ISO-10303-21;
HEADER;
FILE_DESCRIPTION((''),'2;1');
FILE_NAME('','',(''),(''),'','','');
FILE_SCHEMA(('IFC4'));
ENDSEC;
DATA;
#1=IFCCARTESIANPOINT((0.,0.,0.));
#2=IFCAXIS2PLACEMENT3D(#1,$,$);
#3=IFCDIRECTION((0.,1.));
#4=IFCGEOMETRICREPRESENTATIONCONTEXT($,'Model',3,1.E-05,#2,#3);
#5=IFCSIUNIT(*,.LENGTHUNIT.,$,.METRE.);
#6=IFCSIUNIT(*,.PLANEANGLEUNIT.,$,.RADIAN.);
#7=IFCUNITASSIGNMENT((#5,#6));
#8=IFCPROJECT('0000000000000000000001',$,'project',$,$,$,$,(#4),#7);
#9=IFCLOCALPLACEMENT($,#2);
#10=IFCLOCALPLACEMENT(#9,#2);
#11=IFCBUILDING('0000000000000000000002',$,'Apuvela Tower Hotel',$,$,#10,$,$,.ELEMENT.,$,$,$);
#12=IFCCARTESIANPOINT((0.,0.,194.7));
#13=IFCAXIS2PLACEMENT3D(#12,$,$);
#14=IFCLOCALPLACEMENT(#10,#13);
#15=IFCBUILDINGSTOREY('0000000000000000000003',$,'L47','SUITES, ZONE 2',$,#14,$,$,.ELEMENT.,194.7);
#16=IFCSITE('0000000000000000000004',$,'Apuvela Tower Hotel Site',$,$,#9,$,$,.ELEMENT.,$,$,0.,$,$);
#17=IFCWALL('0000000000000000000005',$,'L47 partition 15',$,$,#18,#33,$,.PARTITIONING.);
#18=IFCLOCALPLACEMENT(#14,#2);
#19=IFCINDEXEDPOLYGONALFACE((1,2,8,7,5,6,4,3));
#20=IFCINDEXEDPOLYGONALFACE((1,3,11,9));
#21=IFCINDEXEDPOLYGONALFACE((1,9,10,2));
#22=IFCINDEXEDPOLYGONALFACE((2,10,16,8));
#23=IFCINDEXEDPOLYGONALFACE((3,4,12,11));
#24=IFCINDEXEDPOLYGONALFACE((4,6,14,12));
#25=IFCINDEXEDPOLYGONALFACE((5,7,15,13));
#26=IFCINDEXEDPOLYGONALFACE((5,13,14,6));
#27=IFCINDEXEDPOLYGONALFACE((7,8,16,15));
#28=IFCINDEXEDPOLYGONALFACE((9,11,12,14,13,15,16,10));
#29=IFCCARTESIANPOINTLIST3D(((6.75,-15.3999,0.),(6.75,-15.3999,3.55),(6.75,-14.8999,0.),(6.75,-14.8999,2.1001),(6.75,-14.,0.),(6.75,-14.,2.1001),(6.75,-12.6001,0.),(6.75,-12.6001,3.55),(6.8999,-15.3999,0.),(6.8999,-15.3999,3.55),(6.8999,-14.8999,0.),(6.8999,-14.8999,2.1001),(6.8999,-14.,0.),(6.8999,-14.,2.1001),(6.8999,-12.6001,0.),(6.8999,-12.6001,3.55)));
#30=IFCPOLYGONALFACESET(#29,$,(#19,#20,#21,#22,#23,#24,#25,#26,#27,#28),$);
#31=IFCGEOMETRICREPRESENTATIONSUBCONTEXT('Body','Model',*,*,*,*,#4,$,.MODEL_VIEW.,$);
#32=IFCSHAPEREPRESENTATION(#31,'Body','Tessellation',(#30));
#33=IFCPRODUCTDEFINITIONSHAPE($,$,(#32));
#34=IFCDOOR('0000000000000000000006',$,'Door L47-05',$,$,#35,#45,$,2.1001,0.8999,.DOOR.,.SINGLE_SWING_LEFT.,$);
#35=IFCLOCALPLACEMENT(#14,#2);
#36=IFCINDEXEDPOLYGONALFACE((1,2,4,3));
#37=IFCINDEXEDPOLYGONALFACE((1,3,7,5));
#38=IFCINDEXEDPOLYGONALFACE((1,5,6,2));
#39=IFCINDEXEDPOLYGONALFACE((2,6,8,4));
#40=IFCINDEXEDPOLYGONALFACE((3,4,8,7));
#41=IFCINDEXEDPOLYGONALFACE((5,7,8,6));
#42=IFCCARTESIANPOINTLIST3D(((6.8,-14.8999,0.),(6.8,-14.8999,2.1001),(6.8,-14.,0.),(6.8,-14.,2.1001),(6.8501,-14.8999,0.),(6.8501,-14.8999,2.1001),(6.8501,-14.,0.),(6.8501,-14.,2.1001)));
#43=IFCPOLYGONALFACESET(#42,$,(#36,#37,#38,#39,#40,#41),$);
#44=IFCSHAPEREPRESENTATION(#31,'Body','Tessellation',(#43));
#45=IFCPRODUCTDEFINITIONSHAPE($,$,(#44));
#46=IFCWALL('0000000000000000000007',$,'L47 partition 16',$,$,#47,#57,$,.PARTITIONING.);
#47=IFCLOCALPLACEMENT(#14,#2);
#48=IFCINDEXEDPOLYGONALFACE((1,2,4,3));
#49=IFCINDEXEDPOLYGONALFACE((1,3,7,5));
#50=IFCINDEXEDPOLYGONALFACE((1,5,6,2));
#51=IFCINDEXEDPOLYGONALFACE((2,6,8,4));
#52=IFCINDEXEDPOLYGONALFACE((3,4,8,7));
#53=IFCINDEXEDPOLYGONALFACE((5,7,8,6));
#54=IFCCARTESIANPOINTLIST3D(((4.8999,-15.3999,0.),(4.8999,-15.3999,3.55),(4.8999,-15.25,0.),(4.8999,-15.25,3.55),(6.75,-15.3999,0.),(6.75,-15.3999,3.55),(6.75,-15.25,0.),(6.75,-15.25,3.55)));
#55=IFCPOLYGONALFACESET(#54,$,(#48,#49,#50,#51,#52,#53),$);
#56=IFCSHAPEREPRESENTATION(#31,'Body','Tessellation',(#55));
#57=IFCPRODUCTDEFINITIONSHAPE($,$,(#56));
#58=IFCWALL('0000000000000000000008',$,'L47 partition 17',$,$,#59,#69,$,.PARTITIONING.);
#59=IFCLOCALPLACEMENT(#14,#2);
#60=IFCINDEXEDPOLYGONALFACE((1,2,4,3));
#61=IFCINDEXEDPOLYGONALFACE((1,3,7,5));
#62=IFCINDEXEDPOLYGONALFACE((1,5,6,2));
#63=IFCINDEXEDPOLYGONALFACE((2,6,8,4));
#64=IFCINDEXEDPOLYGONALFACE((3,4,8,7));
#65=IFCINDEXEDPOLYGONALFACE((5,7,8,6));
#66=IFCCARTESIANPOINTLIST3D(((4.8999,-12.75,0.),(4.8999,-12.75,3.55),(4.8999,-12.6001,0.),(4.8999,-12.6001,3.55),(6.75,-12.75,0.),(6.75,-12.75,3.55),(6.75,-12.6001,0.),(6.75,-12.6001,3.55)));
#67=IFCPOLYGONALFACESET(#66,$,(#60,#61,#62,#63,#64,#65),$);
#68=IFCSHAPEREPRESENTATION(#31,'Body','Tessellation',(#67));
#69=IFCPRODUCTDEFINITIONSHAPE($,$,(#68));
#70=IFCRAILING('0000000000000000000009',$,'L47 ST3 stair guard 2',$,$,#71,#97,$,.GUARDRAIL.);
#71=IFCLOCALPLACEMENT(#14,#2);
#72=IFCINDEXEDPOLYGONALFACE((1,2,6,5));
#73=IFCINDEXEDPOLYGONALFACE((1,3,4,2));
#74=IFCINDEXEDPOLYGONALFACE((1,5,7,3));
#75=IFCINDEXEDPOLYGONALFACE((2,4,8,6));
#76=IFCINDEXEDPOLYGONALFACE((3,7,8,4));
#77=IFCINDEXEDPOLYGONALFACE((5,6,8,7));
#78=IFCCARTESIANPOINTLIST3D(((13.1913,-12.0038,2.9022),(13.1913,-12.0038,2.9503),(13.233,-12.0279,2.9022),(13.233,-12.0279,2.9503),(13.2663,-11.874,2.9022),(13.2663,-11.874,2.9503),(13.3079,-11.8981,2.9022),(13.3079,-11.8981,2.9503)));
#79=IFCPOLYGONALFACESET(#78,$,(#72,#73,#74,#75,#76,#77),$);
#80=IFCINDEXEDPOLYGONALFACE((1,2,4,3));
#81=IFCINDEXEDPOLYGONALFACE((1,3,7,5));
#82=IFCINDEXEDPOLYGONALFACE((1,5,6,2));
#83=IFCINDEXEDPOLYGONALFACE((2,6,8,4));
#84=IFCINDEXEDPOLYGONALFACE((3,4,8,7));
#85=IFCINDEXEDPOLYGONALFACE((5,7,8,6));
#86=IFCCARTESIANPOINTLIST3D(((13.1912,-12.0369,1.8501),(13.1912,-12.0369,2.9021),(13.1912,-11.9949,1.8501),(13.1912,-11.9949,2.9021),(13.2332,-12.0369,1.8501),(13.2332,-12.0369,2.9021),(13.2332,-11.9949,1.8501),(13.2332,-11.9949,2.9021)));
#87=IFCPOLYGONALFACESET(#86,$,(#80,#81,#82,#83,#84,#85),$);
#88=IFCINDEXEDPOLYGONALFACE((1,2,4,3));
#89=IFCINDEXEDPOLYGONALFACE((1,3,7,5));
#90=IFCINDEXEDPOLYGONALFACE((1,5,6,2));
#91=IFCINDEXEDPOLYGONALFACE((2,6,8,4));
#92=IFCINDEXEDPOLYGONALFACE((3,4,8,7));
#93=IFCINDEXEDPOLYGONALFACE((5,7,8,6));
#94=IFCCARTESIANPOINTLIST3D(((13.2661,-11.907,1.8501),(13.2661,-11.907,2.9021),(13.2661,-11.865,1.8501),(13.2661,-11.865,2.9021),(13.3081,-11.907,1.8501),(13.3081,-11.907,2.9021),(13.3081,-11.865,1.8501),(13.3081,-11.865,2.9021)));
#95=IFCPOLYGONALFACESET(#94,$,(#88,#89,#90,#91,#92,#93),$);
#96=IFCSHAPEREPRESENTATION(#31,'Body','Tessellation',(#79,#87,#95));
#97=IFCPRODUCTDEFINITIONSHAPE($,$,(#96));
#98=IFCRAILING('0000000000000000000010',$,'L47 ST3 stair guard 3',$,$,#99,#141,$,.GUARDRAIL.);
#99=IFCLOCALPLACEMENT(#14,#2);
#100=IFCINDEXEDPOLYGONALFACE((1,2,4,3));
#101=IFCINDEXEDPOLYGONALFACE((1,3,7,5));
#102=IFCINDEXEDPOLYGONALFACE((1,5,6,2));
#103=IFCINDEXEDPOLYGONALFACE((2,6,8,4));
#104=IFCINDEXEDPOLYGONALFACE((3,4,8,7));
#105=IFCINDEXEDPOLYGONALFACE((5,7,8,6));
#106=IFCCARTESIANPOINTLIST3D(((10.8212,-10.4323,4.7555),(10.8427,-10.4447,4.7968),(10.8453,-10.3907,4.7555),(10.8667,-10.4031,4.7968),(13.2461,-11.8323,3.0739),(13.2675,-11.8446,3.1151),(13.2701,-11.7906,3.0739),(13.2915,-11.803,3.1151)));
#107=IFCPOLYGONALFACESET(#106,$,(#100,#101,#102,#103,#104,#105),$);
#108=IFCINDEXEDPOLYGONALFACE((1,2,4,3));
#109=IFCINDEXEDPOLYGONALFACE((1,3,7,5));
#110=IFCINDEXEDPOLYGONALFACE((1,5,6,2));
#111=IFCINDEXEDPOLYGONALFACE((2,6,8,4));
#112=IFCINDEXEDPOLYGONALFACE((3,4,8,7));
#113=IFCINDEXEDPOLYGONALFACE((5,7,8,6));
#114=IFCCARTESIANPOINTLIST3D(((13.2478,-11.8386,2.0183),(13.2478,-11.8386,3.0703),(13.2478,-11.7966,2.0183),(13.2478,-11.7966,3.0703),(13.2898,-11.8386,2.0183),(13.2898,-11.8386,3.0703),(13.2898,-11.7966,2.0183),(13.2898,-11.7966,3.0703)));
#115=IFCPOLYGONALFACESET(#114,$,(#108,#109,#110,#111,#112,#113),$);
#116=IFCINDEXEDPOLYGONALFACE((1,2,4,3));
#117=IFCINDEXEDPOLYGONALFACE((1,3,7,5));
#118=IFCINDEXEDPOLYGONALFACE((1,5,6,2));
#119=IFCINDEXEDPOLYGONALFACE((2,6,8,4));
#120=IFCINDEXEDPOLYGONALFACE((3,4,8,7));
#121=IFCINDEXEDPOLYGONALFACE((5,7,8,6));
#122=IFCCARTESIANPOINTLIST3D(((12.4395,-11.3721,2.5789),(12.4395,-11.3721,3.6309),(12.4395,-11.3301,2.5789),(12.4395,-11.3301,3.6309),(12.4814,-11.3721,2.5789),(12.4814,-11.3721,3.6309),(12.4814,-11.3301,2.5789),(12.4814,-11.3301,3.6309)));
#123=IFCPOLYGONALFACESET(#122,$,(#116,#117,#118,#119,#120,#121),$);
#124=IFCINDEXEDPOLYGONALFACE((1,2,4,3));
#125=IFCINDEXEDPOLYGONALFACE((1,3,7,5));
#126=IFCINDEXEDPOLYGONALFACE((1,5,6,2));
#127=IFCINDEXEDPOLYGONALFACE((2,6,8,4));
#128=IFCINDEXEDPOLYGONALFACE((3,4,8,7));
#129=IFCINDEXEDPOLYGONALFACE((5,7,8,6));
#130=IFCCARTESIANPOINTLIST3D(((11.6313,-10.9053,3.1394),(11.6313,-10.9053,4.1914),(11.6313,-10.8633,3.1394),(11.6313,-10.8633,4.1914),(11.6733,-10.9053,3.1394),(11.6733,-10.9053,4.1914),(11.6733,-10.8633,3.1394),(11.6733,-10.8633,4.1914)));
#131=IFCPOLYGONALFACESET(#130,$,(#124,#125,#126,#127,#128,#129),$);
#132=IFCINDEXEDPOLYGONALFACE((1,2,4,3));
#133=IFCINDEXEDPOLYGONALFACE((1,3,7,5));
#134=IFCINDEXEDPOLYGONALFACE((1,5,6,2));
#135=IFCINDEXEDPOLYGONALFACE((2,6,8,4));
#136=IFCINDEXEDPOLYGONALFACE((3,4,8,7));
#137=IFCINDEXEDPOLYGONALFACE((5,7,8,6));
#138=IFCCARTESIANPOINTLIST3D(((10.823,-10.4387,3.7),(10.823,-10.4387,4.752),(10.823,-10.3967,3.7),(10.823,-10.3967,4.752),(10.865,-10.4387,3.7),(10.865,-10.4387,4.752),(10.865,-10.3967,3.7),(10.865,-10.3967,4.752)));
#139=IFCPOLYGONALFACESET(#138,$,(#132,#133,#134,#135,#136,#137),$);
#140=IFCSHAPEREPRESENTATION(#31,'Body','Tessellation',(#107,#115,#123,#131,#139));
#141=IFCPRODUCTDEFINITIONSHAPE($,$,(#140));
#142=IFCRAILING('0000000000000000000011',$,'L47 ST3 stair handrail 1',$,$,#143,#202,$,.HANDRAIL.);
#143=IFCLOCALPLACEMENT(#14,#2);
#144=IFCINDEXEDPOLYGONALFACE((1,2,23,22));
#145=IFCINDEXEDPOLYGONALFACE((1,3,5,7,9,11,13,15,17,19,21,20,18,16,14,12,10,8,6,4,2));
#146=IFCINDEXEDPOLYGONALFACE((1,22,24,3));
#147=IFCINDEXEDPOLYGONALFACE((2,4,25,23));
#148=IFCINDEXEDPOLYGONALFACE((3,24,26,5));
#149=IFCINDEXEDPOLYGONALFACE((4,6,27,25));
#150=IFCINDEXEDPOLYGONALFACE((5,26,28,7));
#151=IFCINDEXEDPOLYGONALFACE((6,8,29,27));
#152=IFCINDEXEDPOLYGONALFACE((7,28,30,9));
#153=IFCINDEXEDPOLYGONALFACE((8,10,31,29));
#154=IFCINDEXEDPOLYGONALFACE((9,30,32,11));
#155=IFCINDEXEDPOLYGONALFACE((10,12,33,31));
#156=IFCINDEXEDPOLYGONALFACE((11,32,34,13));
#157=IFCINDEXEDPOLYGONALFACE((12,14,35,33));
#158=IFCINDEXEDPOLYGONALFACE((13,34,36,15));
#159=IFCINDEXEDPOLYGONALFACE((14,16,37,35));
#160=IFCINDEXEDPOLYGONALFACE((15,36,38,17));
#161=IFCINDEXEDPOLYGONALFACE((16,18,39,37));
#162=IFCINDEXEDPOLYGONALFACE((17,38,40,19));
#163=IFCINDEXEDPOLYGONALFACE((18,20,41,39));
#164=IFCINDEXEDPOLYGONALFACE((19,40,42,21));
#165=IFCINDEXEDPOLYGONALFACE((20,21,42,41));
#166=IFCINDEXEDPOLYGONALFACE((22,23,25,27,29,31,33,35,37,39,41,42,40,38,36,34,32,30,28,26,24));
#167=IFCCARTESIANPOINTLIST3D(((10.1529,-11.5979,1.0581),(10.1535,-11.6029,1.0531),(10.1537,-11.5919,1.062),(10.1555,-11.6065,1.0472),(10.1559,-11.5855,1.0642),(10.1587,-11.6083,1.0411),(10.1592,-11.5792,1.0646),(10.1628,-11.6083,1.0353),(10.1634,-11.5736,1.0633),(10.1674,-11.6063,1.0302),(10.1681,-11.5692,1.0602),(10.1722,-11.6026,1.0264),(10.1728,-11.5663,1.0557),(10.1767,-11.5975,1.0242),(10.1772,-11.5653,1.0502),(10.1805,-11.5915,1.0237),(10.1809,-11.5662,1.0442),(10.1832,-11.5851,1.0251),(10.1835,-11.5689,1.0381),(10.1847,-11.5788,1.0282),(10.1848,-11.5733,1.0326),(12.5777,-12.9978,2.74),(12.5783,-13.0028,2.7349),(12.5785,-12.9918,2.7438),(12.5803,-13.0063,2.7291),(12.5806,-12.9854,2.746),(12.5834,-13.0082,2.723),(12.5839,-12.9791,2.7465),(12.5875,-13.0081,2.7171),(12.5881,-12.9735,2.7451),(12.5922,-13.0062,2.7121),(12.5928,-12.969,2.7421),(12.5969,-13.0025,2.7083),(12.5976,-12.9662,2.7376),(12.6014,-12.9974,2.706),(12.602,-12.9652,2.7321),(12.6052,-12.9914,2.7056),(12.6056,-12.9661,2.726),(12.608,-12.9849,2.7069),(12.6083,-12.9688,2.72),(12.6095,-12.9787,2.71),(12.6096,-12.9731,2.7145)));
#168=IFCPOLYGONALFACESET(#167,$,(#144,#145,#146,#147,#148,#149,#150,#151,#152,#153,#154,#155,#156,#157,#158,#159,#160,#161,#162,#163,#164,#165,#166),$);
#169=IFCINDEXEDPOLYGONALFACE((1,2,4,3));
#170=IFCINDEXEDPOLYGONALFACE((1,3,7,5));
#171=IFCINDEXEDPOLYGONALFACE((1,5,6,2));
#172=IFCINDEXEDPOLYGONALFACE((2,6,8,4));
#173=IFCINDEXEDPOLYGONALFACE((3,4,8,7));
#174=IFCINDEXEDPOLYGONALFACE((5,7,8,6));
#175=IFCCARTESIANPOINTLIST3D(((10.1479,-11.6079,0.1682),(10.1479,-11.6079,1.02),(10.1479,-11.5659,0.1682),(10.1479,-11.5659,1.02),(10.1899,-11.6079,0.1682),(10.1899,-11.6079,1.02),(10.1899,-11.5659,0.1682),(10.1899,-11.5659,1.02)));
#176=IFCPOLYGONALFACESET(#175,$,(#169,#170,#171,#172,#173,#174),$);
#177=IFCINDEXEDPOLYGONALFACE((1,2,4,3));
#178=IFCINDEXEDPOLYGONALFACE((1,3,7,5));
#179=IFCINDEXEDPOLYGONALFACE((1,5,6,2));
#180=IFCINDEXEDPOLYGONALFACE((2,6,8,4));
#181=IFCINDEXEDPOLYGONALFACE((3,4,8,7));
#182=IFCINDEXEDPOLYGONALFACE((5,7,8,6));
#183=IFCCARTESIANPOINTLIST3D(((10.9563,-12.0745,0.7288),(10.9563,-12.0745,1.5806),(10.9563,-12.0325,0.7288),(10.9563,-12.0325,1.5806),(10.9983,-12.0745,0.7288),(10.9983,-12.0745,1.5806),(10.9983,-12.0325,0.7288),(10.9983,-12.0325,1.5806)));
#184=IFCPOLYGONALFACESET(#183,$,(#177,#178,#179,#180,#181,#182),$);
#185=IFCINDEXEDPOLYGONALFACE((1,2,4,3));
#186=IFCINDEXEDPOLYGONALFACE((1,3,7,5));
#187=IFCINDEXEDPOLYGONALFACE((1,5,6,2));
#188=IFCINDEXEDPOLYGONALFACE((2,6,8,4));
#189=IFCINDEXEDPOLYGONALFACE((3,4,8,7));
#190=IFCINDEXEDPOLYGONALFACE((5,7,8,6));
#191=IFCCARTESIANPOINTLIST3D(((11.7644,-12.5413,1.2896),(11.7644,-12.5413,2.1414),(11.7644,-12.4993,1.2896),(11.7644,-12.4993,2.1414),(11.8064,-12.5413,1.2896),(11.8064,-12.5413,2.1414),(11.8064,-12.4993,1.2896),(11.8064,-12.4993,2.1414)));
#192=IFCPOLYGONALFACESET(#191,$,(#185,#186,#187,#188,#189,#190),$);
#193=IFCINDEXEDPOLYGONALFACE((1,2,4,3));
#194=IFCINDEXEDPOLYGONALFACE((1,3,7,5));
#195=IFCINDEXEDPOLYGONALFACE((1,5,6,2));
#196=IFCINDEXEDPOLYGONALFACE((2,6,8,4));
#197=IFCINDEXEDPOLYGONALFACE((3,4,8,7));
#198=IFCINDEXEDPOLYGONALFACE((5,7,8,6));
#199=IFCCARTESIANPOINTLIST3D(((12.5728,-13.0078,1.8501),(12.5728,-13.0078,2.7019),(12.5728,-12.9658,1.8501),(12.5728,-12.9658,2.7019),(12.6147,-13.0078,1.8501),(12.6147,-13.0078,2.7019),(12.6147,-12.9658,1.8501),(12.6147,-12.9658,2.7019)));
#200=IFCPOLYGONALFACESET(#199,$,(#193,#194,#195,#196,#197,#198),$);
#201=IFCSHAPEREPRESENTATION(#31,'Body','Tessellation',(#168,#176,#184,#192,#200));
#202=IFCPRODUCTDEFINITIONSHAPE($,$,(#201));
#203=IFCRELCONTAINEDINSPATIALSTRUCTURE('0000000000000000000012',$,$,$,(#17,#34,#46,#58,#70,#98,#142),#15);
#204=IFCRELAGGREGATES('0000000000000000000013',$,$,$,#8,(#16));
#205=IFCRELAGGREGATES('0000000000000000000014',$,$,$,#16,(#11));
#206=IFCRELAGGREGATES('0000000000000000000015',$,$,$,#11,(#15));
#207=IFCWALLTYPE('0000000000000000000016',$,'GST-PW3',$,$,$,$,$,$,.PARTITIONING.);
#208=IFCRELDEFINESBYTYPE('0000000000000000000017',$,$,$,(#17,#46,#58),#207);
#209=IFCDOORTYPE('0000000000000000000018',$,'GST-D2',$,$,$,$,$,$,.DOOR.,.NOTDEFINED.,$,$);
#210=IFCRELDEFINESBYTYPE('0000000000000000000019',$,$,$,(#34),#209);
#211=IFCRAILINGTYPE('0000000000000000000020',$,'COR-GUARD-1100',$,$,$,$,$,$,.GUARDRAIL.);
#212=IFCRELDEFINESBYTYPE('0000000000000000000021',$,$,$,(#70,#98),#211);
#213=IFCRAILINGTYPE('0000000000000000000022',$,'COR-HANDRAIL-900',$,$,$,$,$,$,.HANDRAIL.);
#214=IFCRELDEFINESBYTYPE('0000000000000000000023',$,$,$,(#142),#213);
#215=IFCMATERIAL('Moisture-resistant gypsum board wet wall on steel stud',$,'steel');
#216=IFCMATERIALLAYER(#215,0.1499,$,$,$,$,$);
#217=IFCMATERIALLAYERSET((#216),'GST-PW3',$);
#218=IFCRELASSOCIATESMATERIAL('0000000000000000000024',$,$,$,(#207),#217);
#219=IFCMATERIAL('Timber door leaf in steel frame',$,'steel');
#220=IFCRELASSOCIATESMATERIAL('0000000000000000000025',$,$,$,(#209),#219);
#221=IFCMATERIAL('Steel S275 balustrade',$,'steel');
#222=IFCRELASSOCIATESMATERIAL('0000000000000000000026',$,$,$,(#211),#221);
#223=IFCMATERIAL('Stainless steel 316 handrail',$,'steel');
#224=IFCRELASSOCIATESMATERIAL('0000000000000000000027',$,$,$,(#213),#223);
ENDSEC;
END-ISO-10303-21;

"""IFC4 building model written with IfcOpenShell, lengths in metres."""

from ifc_helpers import new_model, si_unit, direction, frame, frame_2d, origin, origin_2d, place, context, subcontext, project, spatial, rectangle, circle, extrude, material, layer, layer_set, type_object, element, fill, save


model = new_model("IFC4")

# Units and contexts
model_context = context("Model", 3, precision=1e-05, world=origin(), true_north=direction((0.0, 1.0)))
body_context = subcontext(model_context, "Body", "Model", "MODEL_VIEW")
ifc_project = project(units=[si_unit("LENGTHUNIT", "METRE"), si_unit("PLANEANGLEUNIT", "RADIAN")], contexts=[model_context])

# Site, building, storey
site_placement = place(None, origin())
site = spatial("IfcSite", under=ifc_project, at=site_placement, Name="Apuvela Tower Hotel Site", CompositionType="ELEMENT", RefElevation=0.0)
building_placement = place(site_placement, origin())
building = spatial("IfcBuilding", under=site, at=building_placement, Name="Apuvela Tower Hotel", CompositionType="ELEMENT")
storey_placement = place(building_placement, frame((0.0, 0.0, 194.7)))
storey = spatial("IfcBuildingStorey", under=building, at=storey_placement, Name="L47", Description="SUITES, ZONE 2", CompositionType="ELEMENT", Elevation=194.7)

# Shared definitions
ifc_material_1 = material(Name="Moisture-resistant gypsum board wet wall on steel stud", Category="steel")
ifc_layer_1 = layer(ifc_material_1, 0.1499)
ifc_layer_set_1 = layer_set([ifc_layer_1], Name="GST-PW3")
wall_type_1 = type_object("IfcWallType", Name="GST-PW3", PredefinedType="PARTITIONING", material=ifc_layer_set_1)

# Wall, opening, door
wall_1_placement = place(storey_placement, frame((6.825, -15.3999, 0.0), z_axis=(0.0, 0.0, 1.0), x_axis=(0.0, 1.0, 0.0)))
wall_1 = element("IfcWall", 1, at=wall_1_placement, inside=storey, type_object=wall_type_1, Name="L47 partition 15", PredefinedType="PARTITIONING", context=body_context, shape_type="SweptSolid", body=[
    extrude(rectangle(XDim=2.7998, YDim=0.1499, at=frame_2d((1.3999, 0.0))), origin(), (0.0, 0.0, 1.0), 3.55),
])
opening_1_placement = place(wall_1_placement, frame((0.5, 0.0, 0.0)))
opening_1 = element("IfcOpeningElement", 2, at=opening_1_placement, cuts=wall_1, PredefinedType="OPENING", context=body_context, shape_type="SweptSolid", body=[
    extrude(rectangle(XDim=0.8999, YDim=2.1001, at=frame_2d((0.45, 1.05))), frame((0.0, 0.085, 0.0), z_axis=(0.0, -1.0, 0.0), x_axis=(1.0, 0.0, 0.0)), (0.0, 0.0, 1.0), 0.1699),
])
ifc_material_2 = material(Name="Timber door leaf in steel frame", Category="steel")
door_type_1 = type_object("IfcDoorType", Name="GST-D2", OperationType="NOTDEFINED", PredefinedType="DOOR", material=ifc_material_2)
door_1_placement = place(opening_1_placement, origin())
door_1 = element("IfcDoor", 3, at=door_1_placement, inside=storey, type_object=door_type_1, Name="Door L47-05", OperationType="SINGLE_SWING_LEFT", OverallHeight=2.1001, OverallWidth=0.8999, PredefinedType="DOOR", context=body_context, shape_type="SweptSolid", body=[
    extrude(rectangle(XDim=0.8999, YDim=2.1001, at=frame_2d((0.45, 1.05))), frame((0.0, 0.0249, 0.0), z_axis=(0.0, -1.0, 0.0), x_axis=(1.0, 0.0, 0.0)), (0.0, 0.0, 1.0), 0.05),
])
fill(opening_1, door_1)

# Walls
for number, where, z_axis, x_axis, name in (
    (4, (4.8999, -15.325, 0.0), (0.0, 0.0, 1.0), (1.0, 0.0, 0.0), "L47 partition 16"),
    (5, (4.8999, -12.675, 0.0), (0.0, 0.0, 1.0), (1.0, 0.0, 0.0), "L47 partition 17"),
):
    element("IfcWall", number, at=place(storey_placement, frame(where, z_axis=z_axis, x_axis=x_axis)), inside=storey, type_object=wall_type_1, Name=name, PredefinedType="PARTITIONING", context=body_context, shape_type="SweptSolid", body=[
        extrude(rectangle(XDim=1.8501, YDim=0.1499, at=frame_2d((0.925, 0.0))), origin(), (0.0, 0.0, 1.0), 3.55),
    ])

# Railings
ifc_material_3 = material(Name="Steel S275 balustrade", Category="steel")
railing_type_1 = type_object("IfcRailingType", Name="COR-GUARD-1100", PredefinedType="GUARDRAIL", material=ifc_material_3)
railing_1_placement = place(storey_placement, frame((13.2122, -12.0159, 1.8501)))
element("IfcRailing", 6, at=railing_1_placement, inside=storey, type_object=railing_type_1, Name="L47 ST3 stair guard 2", PredefinedType="GUARDRAIL", context=body_context, shape_type="SweptSolid", body=[
    extrude(rectangle(XDim=0.0481, YDim=0.0481, at=origin_2d()), frame((0.0, 0.0, 1.0762), z_axis=(0.499816, 0.866131, 0.0), x_axis=(-0.866131, 0.499816, 0.0)), (0.0, 0.0, 1.0), 0.1499),
    extrude(rectangle(XDim=0.042, YDim=0.042, at=origin_2d()), origin(), (0.0, 0.0, 1.0), 1.052),
    extrude(rectangle(XDim=0.042, YDim=0.042, at=origin_2d()), frame((0.075, 0.1299, 0.0)), (0.0, 0.0, 1.0), 1.052),
])
railing_2_placement = place(storey_placement, frame((13.2688, -11.8176, 2.0183)))
element("IfcRailing", 7, at=railing_2_placement, inside=storey, type_object=railing_type_1, Name="L47 ST3 stair guard 3", PredefinedType="GUARDRAIL", context=body_context, shape_type="SweptSolid", body=[
    extrude(rectangle(XDim=0.0481, YDim=0.0481, at=origin_2d()), frame((0.0, 0.0, 1.0762), z_axis=(-0.742419, 0.428618, 0.514879), x_axis=(-0.499984, -0.866035, 0.0)), (0.0, 0.0, 1.0), 3.2661),
    extrude(rectangle(XDim=0.042, YDim=0.042, at=origin_2d()), origin(), (0.0, 0.0, 1.0), 1.052),
    extrude(rectangle(XDim=0.042, YDim=0.042, at=origin_2d()), frame((-0.8083, 0.4666, 0.5605)), (0.0, 0.0, 1.0), 1.052),
    extrude(rectangle(XDim=0.042, YDim=0.042, at=origin_2d()), frame((-1.6165, 0.9333, 1.1211)), (0.0, 0.0, 1.0), 1.052),
    extrude(rectangle(XDim=0.042, YDim=0.042, at=origin_2d()), frame((-2.4248, 1.3999, 1.6816)), (0.0, 0.0, 1.0), 1.052),
])
ifc_material_4 = material(Name="Stainless steel 316 handrail", Category="steel")
railing_type_2 = type_object("IfcRailingType", Name="COR-HANDRAIL-900", PredefinedType="HANDRAIL", material=ifc_material_4)
railing_3_placement = place(storey_placement, frame((10.1689, -11.5869, 0.1682)))
element("IfcRailing", 8, at=railing_3_placement, inside=storey, type_object=railing_type_2, Name="L47 ST3 stair handrail 1", PredefinedType="HANDRAIL", context=body_context, shape_type="SweptSolid", body=[
    extrude(circle(Radius=0.0239, at=origin_2d()), frame((0.0, 0.0, 0.876), z_axis=(0.74239, -0.428601, 0.514934), x_axis=(0.499984, 0.866035, 0.0)), (0.0, 0.0, 1.0), 3.2661),
    extrude(rectangle(XDim=0.042, YDim=0.042, at=origin_2d()), origin(), (0.0, 0.0, 1.0), 0.8518),
    extrude(rectangle(XDim=0.042, YDim=0.042, at=origin_2d()), frame((0.8083, -0.4666, 0.5605)), (0.0, 0.0, 1.0), 0.8518),
    extrude(rectangle(XDim=0.042, YDim=0.042, at=origin_2d()), frame((1.6165, -0.9333, 1.1213)), (0.0, 0.0, 1.0), 0.8518),
    extrude(rectangle(XDim=0.042, YDim=0.042, at=origin_2d()), frame((2.4248, -1.3999, 1.6819)), (0.0, 0.0, 1.0), 0.8518),
])

save(model, "model.ifc")
